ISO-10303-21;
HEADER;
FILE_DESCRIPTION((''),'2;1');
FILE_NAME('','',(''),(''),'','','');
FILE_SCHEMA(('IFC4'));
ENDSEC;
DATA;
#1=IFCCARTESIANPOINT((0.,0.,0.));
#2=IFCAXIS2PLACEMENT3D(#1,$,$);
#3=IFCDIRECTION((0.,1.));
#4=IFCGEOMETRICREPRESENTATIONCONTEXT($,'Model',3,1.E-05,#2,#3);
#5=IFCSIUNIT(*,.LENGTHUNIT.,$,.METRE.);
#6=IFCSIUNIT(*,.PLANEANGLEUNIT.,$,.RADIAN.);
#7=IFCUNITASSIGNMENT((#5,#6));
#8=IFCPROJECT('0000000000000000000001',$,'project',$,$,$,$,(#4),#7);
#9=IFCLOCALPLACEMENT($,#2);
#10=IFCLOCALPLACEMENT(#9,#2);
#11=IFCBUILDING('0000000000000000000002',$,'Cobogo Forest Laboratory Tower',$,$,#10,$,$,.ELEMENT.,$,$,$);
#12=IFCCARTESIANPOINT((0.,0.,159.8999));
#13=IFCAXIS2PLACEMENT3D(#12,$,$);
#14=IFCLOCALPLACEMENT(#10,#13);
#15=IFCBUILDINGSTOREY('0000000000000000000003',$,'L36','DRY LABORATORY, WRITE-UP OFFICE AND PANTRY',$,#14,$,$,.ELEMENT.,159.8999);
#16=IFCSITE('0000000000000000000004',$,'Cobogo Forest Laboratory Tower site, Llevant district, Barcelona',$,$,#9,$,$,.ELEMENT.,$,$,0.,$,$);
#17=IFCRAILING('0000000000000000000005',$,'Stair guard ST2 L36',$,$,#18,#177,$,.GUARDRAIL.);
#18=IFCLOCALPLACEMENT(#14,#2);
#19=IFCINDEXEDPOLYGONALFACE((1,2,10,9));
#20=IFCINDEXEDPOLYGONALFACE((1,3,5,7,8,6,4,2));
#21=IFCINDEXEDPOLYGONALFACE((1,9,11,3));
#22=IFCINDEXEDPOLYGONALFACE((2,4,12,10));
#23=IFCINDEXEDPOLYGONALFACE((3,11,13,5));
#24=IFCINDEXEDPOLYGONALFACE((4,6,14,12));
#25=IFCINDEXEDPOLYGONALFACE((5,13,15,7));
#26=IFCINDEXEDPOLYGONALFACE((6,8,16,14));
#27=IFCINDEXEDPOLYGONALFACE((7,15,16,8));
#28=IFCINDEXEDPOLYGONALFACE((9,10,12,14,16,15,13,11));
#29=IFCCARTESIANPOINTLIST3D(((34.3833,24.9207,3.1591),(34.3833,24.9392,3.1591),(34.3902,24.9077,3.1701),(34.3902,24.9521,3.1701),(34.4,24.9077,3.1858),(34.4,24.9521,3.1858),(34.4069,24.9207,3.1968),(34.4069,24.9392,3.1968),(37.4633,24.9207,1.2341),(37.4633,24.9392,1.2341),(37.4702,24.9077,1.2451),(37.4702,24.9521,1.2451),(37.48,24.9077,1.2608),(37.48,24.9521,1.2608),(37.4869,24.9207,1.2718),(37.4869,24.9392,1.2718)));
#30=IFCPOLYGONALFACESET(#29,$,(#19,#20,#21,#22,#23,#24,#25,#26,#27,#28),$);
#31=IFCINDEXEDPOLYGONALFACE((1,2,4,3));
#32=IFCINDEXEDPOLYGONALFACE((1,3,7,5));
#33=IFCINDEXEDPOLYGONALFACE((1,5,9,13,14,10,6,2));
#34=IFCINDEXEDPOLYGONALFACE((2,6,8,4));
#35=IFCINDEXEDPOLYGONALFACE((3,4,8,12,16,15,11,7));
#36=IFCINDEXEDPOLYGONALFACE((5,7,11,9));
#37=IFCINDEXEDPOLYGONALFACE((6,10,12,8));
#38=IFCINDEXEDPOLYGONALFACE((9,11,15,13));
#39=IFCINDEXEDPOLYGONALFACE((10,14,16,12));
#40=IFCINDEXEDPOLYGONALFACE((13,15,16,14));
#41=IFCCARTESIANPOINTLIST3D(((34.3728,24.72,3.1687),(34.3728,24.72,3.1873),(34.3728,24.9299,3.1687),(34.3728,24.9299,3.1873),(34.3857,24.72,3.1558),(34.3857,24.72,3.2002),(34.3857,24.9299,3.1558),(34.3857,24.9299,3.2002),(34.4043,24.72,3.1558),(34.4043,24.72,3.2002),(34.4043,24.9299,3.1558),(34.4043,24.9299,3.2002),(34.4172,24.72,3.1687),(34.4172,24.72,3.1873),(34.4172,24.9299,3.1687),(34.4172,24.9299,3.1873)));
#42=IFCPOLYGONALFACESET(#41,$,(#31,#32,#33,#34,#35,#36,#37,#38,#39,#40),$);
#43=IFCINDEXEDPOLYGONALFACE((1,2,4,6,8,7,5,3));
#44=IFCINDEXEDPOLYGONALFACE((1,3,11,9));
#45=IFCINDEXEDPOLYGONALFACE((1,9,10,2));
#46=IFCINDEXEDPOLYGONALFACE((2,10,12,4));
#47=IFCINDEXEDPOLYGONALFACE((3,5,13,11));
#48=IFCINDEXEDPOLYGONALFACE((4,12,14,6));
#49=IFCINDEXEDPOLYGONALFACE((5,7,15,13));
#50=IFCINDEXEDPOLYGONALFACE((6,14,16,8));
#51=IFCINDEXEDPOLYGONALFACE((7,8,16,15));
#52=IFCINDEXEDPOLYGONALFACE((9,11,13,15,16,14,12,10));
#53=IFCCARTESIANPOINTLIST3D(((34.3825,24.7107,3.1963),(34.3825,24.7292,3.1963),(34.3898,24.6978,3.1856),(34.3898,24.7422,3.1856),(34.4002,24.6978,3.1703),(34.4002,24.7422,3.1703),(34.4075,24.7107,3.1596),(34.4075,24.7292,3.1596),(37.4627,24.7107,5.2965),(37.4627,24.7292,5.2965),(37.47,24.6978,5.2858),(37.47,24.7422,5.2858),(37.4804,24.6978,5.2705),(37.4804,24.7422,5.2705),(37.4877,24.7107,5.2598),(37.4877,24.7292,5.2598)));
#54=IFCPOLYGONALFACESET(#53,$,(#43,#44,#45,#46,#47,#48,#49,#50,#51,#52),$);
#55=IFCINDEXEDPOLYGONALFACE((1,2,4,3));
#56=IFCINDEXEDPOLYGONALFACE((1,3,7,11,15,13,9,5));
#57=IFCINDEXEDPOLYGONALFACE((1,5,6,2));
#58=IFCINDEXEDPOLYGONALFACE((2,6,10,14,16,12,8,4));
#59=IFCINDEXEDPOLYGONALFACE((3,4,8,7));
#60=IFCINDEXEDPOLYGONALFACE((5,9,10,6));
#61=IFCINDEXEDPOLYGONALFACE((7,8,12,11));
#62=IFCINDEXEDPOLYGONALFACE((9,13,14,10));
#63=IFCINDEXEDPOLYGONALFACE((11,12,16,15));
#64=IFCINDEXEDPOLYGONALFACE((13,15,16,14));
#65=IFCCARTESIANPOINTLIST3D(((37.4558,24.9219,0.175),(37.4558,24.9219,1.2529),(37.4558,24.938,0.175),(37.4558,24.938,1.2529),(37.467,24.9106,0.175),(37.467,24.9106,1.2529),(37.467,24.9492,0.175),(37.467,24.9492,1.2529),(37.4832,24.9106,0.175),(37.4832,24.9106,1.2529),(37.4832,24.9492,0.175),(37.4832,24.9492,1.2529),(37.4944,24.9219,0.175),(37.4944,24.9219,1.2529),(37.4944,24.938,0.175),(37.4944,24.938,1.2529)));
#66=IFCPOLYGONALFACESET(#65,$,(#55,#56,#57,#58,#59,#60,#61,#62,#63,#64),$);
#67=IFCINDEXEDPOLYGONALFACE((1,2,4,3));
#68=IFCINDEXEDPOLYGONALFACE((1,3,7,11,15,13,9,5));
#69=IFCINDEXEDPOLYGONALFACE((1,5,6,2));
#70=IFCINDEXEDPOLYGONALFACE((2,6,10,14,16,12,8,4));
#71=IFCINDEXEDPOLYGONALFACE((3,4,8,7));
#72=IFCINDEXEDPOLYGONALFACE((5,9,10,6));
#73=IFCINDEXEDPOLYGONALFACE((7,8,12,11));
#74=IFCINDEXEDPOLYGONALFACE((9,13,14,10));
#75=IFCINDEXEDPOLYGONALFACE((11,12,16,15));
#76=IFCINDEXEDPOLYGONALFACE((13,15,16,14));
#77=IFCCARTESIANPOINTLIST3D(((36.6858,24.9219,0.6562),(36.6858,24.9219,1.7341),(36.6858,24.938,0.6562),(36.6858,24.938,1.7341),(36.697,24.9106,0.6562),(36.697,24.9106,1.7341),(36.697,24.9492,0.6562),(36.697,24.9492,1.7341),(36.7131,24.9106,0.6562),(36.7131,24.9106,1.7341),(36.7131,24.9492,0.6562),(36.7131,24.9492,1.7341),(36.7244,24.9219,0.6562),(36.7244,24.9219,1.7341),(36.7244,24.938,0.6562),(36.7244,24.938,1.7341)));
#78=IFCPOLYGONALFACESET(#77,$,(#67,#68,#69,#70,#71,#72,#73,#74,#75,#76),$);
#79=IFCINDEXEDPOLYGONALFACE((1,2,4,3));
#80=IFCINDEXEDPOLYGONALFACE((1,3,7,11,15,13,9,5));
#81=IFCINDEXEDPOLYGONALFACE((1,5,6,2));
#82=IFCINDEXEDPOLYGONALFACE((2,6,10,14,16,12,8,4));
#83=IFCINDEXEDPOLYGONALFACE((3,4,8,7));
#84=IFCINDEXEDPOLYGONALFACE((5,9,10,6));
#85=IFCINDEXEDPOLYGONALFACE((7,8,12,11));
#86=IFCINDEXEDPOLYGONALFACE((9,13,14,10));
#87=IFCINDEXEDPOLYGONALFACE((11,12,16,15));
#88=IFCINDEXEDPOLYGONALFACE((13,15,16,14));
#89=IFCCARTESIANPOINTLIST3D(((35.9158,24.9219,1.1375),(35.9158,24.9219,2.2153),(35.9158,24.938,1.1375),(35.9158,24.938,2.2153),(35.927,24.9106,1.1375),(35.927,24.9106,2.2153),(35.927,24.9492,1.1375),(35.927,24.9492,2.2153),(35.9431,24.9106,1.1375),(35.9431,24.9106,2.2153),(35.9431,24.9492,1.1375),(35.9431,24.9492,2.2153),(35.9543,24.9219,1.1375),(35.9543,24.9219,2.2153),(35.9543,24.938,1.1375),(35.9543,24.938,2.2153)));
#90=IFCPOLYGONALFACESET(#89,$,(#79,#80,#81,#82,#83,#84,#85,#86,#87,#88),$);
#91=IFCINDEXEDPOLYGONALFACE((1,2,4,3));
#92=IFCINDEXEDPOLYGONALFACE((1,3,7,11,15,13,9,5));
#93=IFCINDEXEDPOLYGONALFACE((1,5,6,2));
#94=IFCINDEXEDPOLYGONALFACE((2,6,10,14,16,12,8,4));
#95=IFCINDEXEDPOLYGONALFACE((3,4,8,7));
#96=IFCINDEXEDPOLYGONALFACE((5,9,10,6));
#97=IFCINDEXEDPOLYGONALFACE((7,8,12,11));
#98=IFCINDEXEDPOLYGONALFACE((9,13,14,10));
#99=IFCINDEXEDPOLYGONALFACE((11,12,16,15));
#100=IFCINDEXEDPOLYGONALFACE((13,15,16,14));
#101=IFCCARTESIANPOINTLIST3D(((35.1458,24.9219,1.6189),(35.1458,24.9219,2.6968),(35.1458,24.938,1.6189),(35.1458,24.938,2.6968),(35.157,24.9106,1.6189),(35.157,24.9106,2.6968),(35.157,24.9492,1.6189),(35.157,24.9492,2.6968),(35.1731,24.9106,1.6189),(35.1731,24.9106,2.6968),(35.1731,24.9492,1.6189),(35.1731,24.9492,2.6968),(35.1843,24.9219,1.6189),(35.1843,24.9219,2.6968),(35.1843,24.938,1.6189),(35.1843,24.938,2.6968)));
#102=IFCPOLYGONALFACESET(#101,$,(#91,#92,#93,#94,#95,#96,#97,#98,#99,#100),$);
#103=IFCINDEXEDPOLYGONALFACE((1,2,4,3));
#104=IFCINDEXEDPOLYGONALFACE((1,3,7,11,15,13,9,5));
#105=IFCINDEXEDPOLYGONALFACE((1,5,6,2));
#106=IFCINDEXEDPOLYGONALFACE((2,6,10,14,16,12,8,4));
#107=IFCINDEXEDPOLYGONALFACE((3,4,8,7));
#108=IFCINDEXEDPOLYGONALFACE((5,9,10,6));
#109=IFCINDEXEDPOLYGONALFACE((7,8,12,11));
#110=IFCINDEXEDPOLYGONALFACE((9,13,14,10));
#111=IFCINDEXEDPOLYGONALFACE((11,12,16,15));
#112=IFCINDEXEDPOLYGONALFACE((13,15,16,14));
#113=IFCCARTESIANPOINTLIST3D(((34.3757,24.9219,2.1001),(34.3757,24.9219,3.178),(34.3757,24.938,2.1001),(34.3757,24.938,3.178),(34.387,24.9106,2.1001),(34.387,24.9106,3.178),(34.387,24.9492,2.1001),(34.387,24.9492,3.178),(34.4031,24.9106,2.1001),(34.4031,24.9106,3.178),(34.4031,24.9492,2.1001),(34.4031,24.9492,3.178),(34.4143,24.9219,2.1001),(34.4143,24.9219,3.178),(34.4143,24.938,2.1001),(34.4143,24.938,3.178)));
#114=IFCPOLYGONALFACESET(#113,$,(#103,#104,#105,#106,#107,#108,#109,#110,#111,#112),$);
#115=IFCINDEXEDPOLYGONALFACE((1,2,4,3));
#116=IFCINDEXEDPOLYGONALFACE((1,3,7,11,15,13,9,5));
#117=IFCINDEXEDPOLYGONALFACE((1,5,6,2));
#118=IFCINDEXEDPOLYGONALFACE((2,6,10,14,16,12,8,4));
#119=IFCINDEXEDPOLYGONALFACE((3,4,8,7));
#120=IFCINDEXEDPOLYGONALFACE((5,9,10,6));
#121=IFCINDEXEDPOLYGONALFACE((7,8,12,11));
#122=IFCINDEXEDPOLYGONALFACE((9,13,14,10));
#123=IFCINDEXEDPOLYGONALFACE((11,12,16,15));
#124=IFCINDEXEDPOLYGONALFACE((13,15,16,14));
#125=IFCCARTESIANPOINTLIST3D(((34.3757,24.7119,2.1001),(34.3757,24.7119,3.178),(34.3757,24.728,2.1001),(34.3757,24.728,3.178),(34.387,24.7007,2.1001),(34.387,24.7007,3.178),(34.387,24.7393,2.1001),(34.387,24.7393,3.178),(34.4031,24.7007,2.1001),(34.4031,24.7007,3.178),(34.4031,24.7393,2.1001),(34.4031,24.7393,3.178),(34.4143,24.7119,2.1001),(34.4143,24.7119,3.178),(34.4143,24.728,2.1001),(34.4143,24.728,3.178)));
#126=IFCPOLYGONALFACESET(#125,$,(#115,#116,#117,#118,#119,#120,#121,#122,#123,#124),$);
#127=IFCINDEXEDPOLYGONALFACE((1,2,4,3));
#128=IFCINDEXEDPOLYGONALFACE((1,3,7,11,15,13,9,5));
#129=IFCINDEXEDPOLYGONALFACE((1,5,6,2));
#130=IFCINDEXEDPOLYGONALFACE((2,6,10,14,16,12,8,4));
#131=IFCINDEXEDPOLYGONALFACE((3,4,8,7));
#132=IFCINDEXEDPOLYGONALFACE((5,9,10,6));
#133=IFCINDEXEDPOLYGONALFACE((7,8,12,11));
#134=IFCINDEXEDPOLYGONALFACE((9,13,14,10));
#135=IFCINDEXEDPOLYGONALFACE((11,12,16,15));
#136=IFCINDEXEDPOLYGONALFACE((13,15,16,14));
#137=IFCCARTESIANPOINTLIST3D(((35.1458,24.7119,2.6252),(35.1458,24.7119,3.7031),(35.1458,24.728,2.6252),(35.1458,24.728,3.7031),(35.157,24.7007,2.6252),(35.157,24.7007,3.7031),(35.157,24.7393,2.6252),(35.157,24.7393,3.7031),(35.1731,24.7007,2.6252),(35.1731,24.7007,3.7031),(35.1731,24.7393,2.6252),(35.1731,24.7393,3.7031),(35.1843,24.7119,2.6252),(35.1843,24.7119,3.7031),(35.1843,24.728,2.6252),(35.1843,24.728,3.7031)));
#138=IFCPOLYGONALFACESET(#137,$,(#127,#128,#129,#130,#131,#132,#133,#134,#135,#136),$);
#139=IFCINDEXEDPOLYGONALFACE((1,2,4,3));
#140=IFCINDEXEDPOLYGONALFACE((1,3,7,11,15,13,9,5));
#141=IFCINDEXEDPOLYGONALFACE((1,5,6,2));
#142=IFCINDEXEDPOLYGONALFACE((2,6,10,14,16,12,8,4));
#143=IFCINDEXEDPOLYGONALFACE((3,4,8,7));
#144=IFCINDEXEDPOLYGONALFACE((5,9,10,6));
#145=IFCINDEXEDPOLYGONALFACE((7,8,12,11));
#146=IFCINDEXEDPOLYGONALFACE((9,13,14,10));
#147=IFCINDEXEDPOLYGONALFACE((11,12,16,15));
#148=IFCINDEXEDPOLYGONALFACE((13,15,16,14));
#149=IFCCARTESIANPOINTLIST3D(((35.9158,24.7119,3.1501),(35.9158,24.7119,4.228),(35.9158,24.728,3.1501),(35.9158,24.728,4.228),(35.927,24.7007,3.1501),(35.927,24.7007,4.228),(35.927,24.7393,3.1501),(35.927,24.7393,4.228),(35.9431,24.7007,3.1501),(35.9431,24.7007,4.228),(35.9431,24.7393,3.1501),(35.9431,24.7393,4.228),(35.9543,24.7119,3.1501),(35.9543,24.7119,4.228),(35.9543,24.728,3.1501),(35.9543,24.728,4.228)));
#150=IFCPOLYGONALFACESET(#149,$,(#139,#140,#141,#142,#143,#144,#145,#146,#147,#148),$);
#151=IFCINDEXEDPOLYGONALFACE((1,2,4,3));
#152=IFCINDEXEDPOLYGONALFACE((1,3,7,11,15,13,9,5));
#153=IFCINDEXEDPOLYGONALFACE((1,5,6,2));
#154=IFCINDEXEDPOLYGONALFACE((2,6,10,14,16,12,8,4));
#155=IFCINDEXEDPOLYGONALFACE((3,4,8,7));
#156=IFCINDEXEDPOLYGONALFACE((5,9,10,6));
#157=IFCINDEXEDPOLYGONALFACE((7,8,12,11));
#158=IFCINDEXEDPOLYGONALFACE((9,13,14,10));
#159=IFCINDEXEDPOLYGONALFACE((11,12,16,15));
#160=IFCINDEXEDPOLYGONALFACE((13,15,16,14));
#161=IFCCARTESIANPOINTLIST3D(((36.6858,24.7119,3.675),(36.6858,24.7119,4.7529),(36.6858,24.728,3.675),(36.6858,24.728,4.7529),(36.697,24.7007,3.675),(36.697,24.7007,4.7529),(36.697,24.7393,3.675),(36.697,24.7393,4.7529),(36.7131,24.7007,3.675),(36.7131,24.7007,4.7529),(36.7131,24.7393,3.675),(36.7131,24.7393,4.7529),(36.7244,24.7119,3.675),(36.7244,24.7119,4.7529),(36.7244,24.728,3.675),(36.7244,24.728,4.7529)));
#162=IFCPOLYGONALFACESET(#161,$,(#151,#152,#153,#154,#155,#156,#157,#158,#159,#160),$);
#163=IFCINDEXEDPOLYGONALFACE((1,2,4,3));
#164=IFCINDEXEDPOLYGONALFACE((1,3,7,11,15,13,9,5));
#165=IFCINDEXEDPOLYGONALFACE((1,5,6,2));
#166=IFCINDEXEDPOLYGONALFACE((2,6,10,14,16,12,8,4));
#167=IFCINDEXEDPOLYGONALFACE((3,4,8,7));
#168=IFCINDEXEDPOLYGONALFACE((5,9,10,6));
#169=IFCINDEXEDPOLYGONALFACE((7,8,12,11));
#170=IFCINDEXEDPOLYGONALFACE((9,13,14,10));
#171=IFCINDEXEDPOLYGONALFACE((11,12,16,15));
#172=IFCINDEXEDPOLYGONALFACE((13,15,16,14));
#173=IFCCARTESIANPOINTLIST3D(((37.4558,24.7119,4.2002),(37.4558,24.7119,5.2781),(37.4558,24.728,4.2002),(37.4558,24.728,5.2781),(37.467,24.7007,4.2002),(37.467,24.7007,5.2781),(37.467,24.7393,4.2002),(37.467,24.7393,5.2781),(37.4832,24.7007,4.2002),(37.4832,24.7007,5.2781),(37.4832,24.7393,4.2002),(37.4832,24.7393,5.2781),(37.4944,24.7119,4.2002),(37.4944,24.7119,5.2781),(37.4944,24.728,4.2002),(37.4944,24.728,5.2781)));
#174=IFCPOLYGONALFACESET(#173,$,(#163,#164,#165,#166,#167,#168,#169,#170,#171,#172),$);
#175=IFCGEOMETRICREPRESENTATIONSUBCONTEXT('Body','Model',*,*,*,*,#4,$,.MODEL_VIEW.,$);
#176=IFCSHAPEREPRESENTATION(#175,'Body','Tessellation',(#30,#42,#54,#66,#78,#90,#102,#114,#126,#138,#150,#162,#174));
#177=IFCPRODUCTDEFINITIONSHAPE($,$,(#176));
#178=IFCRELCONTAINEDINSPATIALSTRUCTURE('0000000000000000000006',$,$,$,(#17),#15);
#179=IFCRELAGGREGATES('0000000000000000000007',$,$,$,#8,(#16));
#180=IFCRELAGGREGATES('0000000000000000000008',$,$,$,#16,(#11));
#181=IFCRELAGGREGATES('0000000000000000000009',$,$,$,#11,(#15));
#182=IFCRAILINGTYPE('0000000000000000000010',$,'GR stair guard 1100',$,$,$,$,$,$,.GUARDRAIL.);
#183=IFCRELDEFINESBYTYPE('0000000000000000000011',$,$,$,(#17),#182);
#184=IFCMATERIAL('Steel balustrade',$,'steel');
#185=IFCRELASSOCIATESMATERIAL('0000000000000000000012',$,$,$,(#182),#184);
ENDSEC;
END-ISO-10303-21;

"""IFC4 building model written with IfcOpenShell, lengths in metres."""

from ifc_helpers import new_model, si_unit, direction, frame, origin, place, context, subcontext, project, spatial, polyline, outline, extrude, material, type_object, element, save


model = new_model("IFC4")

# Units and contexts
model_context = context("Model", 3, precision=1e-05, world=origin(), true_north=direction((0.0, 1.0)))
body_context = subcontext(model_context, "Body", "Model", "MODEL_VIEW")
ifc_project = project(units=[si_unit("LENGTHUNIT", "METRE"), si_unit("PLANEANGLEUNIT", "RADIAN")], contexts=[model_context])

# Site, building, storey
site_placement = place(None, origin())
site = spatial("IfcSite", under=ifc_project, at=site_placement, Name="Cobogo Forest Laboratory Tower site, Llevant district, Barcelona", CompositionType="ELEMENT", RefElevation=0.0)
building_placement = place(site_placement, origin())
building = spatial("IfcBuilding", under=site, at=building_placement, Name="Cobogo Forest Laboratory Tower", CompositionType="ELEMENT")
storey_placement = place(building_placement, frame((0.0, 0.0, 159.8999)))
storey = spatial("IfcBuildingStorey", under=building, at=storey_placement, Name="L36", Description="DRY LABORATORY, WRITE-UP OFFICE AND PANTRY", CompositionType="ELEMENT", Elevation=159.8999)

# Railing
ifc_material_1 = material(Name="Steel balustrade", Category="steel")
railing_type_1 = type_object("IfcRailingType", Name="GR stair guard 1100", PredefinedType="GUARDRAIL", material=ifc_material_1)
railing_1_placement = place(storey_placement, frame((37.4751, 24.9299, 0.175)))
element("IfcRailing", 1, at=railing_1_placement, inside=storey, type_object=railing_type_1, Name="Stair guard ST2 L36", PredefinedType="GUARDRAIL", context=body_context, shape_type="SweptSolid", body=[
    extrude(outline(polyline([(0.0222, 0.0093), (0.0093, 0.0222), (-0.0093, 0.0222), (-0.0222, 0.0093), (-0.0222, -0.0093), (-0.0093, -0.0222), (0.0093, -0.0222), (0.0222, -0.0093), (0.0222, 0.0093)])), frame((0.0, 0.0, 1.0779), z_axis=(-0.847998, 0.0, 0.529999), x_axis=(0.0, -1.0, 0.0)), (0.0, 0.0, 1.0), 3.6321),
    extrude(outline(polyline([(0.0222, 0.0093), (0.0093, 0.0222), (-0.0093, 0.0222), (-0.0222, 0.0093), (-0.0222, -0.0093), (-0.0093, -0.0222), (0.0093, -0.0222), (0.0222, -0.0093), (0.0222, 0.0093)])), frame((-3.0801, 0.0, 3.0029), z_axis=(0.0, -1.0, 0.0), x_axis=(1.0, 0.0, 0.0)), (0.0, 0.0, 1.0), 0.21),
    extrude(outline(polyline([(0.0222, 0.0093), (0.0093, 0.0222), (-0.0093, 0.0222), (-0.0222, 0.0093), (-0.0222, -0.0093), (-0.0093, -0.0222), (0.0093, -0.0222), (0.0222, -0.0093), (0.0222, 0.0093)])), frame((-3.0801, -0.21, 3.0029), z_axis=(0.826222, 0.0, 0.563345), x_axis=(0.0, 1.0, 0.0)), (0.0, 0.0, 1.0), 3.728),
    extrude(outline(polyline([(0.0193, 0.0081), (0.0081, 0.0193), (-0.0081, 0.0193), (-0.0193, 0.0081), (-0.0193, -0.0081), (-0.0081, -0.0193), (0.0081, -0.0193), (0.0193, -0.0081), (0.0193, 0.0081)])), origin(), (0.0, 0.0, 1.0), 1.0779),
    extrude(outline(polyline([(0.0193, 0.0081), (0.0081, 0.0193), (-0.0081, 0.0193), (-0.0193, 0.0081), (-0.0193, -0.0081), (-0.0081, -0.0193), (0.0081, -0.0193), (0.0193, -0.0081), (0.0193, 0.0081)])), frame((-0.77, 0.0, 0.4812)), (0.0, 0.0, 1.0), 1.0779),
    extrude(outline(polyline([(0.0193, 0.0081), (0.0081, 0.0193), (-0.0081, 0.0193), (-0.0193, 0.0081), (-0.0193, -0.0081), (-0.0081, -0.0193), (0.0081, -0.0193), (0.0193, -0.0081), (0.0193, 0.0081)])), frame((-1.54, 0.0, 0.9624)), (0.0, 0.0, 1.0), 1.0779),
    extrude(outline(polyline([(0.0193, 0.0081), (0.0081, 0.0193), (-0.0081, 0.0193), (-0.0193, 0.0081), (-0.0193, -0.0081), (-0.0081, -0.0193), (0.0081, -0.0193), (0.0193, -0.0081), (0.0193, 0.0081)])), frame((-2.3101, 0.0, 1.4438)), (0.0, 0.0, 1.0), 1.0779),
    extrude(outline(polyline([(0.0193, 0.0081), (0.0081, 0.0193), (-0.0081, 0.0193), (-0.0193, 0.0081), (-0.0193, -0.0081), (-0.0081, -0.0193), (0.0081, -0.0193), (0.0193, -0.0081), (0.0193, 0.0081)])), frame((-3.0801, 0.0, 1.925)), (0.0, 0.0, 1.0), 1.0779),
    extrude(outline(polyline([(0.0193, 0.0081), (0.0081, 0.0193), (-0.0081, 0.0193), (-0.0193, 0.0081), (-0.0193, -0.0081), (-0.0081, -0.0193), (0.0081, -0.0193), (0.0193, -0.0081), (0.0193, 0.0081)])), frame((-3.0801, -0.21, 1.925)), (0.0, 0.0, 1.0), 1.0779),
    extrude(outline(polyline([(0.0193, 0.0081), (0.0081, 0.0193), (-0.0081, 0.0193), (-0.0193, 0.0081), (-0.0193, -0.0081), (-0.0081, -0.0193), (0.0081, -0.0193), (0.0193, -0.0081), (0.0193, 0.0081)])), frame((-2.3101, -0.21, 2.4502)), (0.0, 0.0, 1.0), 1.0779),
    extrude(outline(polyline([(0.0193, 0.0081), (0.0081, 0.0193), (-0.0081, 0.0193), (-0.0193, 0.0081), (-0.0193, -0.0081), (-0.0081, -0.0193), (0.0081, -0.0193), (0.0193, -0.0081), (0.0193, 0.0081)])), frame((-1.54, -0.21, 2.9751)), (0.0, 0.0, 1.0), 1.0779),
    extrude(outline(polyline([(0.0193, 0.0081), (0.0081, 0.0193), (-0.0081, 0.0193), (-0.0193, 0.0081), (-0.0193, -0.0081), (-0.0081, -0.0193), (0.0081, -0.0193), (0.0193, -0.0081), (0.0193, 0.0081)])), frame((-0.77, -0.21, 3.5)), (0.0, 0.0, 1.0), 1.0779),
    extrude(outline(polyline([(0.0193, 0.0081), (0.0081, 0.0193), (-0.0081, 0.0193), (-0.0193, 0.0081), (-0.0193, -0.0081), (-0.0081, -0.0193), (0.0081, -0.0193), (0.0193, -0.0081), (0.0193, 0.0081)])), frame((0.0, -0.21, 4.0251)), (0.0, 0.0, 1.0), 1.0779),
])

save(model, "model.ifc")
